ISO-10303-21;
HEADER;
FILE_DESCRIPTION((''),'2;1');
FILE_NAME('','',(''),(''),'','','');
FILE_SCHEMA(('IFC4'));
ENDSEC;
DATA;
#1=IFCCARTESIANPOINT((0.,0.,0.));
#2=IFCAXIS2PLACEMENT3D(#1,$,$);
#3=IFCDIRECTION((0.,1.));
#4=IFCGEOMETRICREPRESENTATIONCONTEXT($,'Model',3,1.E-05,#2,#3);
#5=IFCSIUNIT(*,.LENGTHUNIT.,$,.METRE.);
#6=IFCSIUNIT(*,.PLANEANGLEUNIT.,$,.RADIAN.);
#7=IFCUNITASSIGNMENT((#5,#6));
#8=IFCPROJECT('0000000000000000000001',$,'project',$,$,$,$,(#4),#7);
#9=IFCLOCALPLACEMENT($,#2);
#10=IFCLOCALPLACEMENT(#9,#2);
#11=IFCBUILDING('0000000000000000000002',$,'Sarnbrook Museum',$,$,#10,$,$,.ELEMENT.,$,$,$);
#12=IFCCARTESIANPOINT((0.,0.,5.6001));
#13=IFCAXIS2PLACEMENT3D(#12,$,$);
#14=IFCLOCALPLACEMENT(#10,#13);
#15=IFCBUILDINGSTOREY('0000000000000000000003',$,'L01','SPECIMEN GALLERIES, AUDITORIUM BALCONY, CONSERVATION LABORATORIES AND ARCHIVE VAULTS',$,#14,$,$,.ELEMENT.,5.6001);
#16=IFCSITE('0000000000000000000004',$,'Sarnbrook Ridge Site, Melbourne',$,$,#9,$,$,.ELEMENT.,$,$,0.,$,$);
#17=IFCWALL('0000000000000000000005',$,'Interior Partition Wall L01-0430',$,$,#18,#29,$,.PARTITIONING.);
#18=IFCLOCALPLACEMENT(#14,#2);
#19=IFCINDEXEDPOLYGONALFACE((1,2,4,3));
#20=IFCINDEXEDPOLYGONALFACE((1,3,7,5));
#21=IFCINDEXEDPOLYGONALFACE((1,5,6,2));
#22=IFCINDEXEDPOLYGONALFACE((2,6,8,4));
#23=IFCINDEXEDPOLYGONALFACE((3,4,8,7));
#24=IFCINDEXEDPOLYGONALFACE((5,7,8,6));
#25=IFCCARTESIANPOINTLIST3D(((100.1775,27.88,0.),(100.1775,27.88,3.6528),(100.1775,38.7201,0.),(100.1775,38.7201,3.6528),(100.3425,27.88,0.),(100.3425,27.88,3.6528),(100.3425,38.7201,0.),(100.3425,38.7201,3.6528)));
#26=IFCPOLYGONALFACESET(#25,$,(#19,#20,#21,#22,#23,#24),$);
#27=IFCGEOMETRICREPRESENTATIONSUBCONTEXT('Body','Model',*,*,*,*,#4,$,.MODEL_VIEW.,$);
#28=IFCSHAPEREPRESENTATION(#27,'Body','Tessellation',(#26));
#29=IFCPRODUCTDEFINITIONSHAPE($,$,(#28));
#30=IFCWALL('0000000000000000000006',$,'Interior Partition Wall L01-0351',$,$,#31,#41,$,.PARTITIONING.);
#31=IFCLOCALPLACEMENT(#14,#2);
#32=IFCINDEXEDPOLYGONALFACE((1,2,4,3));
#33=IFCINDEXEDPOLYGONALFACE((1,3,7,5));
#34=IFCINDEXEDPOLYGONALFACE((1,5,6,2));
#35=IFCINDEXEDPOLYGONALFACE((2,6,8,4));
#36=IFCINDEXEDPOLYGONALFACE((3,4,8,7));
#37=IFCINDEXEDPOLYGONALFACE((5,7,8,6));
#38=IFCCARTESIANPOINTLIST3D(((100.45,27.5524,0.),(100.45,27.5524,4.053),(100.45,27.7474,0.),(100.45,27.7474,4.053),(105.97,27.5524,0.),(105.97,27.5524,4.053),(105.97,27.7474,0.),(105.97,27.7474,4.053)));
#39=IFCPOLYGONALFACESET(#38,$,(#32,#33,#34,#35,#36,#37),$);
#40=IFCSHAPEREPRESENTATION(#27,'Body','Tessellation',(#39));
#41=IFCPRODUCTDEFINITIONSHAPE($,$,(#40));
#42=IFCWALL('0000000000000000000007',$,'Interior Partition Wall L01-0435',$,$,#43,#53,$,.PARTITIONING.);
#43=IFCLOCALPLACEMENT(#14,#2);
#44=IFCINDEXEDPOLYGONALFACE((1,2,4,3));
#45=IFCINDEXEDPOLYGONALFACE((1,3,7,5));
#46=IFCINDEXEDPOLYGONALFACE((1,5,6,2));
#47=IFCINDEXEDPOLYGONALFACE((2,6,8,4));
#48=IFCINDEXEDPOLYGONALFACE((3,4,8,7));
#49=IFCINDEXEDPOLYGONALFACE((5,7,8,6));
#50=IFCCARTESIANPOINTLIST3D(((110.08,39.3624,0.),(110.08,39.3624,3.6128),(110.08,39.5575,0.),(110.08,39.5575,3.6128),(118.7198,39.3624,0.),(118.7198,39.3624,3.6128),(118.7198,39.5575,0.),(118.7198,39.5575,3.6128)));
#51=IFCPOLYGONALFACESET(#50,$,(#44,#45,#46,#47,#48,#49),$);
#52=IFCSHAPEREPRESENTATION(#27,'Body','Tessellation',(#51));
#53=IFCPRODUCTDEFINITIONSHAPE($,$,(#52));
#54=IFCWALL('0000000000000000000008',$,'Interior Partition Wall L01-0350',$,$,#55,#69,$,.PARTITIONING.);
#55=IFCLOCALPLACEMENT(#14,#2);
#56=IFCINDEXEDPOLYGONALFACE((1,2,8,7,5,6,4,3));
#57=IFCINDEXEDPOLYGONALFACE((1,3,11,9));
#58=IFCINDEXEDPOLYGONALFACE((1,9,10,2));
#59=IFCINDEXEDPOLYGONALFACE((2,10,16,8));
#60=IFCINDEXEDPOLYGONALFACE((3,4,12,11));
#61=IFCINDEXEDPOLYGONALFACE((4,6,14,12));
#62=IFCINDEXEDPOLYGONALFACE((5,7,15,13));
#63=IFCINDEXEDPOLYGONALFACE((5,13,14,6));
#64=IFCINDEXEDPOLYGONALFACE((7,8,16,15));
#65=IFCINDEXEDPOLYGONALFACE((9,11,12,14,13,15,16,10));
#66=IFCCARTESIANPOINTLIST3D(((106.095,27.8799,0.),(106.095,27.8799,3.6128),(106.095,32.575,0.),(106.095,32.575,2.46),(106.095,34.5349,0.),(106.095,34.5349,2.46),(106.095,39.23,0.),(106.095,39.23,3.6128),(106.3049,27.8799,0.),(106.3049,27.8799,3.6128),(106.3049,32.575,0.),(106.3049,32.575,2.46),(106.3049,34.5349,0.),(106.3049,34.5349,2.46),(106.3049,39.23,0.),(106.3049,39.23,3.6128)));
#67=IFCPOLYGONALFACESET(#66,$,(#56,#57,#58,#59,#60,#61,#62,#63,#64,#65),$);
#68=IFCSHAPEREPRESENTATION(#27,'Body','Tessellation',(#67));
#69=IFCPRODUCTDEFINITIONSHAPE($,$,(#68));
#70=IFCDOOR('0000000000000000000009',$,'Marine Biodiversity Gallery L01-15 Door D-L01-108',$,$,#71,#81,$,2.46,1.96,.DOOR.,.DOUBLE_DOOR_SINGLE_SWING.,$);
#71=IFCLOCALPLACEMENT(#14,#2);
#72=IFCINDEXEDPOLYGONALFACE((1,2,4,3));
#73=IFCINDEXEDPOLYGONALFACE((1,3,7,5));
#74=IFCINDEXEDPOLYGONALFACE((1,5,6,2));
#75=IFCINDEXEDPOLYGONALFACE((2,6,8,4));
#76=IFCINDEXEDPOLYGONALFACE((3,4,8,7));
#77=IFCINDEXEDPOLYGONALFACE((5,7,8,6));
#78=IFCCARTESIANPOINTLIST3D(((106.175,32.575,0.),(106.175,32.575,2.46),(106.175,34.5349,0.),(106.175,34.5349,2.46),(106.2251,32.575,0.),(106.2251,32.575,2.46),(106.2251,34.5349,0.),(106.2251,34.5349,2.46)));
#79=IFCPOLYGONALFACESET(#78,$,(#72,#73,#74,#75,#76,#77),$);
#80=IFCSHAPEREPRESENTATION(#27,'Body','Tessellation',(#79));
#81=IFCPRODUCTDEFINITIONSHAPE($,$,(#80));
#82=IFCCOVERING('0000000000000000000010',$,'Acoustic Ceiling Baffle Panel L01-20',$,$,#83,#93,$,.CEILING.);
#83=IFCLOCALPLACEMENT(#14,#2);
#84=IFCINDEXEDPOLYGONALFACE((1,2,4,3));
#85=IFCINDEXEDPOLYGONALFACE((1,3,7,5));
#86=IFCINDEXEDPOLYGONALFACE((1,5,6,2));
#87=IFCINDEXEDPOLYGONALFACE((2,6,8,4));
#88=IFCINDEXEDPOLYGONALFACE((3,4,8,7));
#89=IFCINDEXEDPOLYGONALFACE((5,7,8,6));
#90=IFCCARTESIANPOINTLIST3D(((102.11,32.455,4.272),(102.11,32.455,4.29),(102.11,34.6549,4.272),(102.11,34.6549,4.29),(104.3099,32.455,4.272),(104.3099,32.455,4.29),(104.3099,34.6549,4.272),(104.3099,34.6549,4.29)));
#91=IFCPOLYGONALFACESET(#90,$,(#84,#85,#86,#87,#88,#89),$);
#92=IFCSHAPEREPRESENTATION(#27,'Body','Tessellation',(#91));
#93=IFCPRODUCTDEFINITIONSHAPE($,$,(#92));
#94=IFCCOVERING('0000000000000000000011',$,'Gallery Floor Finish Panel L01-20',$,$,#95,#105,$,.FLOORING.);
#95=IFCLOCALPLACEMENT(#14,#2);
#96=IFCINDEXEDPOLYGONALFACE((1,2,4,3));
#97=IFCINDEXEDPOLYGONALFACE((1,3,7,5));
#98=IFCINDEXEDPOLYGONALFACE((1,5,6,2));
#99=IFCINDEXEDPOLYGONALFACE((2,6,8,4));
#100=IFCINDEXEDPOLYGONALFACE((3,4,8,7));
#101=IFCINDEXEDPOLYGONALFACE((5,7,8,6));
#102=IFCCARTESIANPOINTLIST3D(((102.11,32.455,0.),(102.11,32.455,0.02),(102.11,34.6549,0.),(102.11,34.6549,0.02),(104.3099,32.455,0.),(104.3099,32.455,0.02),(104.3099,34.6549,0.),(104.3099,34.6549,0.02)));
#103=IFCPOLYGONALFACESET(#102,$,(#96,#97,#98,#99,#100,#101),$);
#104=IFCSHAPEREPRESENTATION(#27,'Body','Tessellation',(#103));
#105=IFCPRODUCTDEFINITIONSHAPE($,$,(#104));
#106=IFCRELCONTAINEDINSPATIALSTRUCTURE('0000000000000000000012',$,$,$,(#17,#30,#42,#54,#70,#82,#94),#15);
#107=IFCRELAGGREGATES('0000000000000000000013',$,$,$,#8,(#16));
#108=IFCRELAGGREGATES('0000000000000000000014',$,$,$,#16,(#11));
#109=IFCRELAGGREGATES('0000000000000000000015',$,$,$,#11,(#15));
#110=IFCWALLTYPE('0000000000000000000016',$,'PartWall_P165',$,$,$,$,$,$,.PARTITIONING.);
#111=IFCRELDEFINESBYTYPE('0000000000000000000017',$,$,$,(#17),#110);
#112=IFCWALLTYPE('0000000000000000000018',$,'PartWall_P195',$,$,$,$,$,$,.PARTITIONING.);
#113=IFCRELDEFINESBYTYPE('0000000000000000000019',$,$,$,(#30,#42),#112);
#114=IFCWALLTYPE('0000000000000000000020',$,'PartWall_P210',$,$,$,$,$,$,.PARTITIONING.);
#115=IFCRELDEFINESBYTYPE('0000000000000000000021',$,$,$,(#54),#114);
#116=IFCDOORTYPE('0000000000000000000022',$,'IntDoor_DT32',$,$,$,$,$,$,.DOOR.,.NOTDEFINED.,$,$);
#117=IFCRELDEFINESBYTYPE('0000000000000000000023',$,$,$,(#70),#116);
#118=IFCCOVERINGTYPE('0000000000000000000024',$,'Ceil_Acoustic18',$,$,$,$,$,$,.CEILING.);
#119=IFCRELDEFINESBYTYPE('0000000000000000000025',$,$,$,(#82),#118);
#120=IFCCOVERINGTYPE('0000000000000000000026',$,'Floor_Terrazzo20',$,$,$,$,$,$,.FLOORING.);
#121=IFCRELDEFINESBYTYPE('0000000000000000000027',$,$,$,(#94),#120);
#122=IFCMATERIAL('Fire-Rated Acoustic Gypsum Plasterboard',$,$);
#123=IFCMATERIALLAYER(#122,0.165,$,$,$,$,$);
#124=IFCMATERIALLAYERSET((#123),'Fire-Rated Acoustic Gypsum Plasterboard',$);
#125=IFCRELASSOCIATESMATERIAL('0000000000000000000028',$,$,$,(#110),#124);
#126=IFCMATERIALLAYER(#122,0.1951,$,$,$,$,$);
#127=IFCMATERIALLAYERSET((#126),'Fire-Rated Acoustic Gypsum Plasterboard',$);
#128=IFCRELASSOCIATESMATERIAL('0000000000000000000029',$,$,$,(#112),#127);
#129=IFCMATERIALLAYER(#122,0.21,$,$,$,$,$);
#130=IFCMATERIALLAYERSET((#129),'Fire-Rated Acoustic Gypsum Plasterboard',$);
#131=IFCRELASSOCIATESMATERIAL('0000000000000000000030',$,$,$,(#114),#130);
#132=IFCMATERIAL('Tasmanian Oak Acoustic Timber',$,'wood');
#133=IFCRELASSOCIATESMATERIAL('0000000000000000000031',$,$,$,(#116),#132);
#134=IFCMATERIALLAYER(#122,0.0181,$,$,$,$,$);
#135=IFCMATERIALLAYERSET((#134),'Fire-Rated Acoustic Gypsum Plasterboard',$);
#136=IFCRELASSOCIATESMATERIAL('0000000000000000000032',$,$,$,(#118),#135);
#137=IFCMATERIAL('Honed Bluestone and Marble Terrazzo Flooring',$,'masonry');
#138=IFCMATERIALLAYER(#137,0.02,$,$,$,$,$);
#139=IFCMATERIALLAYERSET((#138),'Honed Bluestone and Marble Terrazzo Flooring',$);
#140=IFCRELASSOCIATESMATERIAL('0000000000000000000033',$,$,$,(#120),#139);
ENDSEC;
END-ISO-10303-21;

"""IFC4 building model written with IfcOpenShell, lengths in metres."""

from ifc_helpers import new_model, si_unit, direction, frame, frame_2d, origin, origin_2d, place, context, subcontext, project, spatial, rectangle, extrude, material, layer, layer_set, type_object, element, fill, save


model = new_model("IFC4")

# Units and contexts
model_context = context("Model", 3, precision=1e-05, world=origin(), true_north=direction((0.0, 1.0)))
body_context = subcontext(model_context, "Body", "Model", "MODEL_VIEW")
ifc_project = project(units=[si_unit("LENGTHUNIT", "METRE"), si_unit("PLANEANGLEUNIT", "RADIAN")], contexts=[model_context])

# Site, building, storey
site_placement = place(None, origin())
site = spatial("IfcSite", under=ifc_project, at=site_placement, Name="Sarnbrook Ridge Site, Melbourne", CompositionType="ELEMENT", RefElevation=0.0)
building_placement = place(site_placement, origin())
building = spatial("IfcBuilding", under=site, at=building_placement, Name="Sarnbrook Museum", CompositionType="ELEMENT")
storey_placement = place(building_placement, frame((0.0, 0.0, 5.6001)))
storey = spatial("IfcBuildingStorey", under=building, at=storey_placement, Name="L01", Description="SPECIMEN GALLERIES, AUDITORIUM BALCONY, CONSERVATION LABORATORIES AND ARCHIVE VAULTS", CompositionType="ELEMENT", Elevation=5.6001)

# Shared definitions
ifc_material_1 = material(Name="Fire-Rated Acoustic Gypsum Plasterboard")

# Shared definitions
ifc_material_2 = material(Name="Tasmanian Oak Acoustic Timber", Category="wood")

# Walls
ifc_layer_1 = layer(ifc_material_1, 0.165)
ifc_layer_set_1 = layer_set([ifc_layer_1], Name="Fire-Rated Acoustic Gypsum Plasterboard")
wall_type_1 = type_object("IfcWallType", Name="PartWall_P165", PredefinedType="PARTITIONING", material=ifc_layer_set_1)
wall_1_placement = place(storey_placement, frame((100.26, 38.72, 0.0), z_axis=(0.0, 0.0, 1.0), x_axis=(0.0, -1.0, 0.0)))
element("IfcWall", 1, at=wall_1_placement, inside=storey, type_object=wall_type_1, Name="Interior Partition Wall L01-0430", PredefinedType="PARTITIONING", context=body_context, shape_type="SweptSolid", body=[
    extrude(rectangle(XDim=10.8401, YDim=0.165, at=frame_2d((5.4199, 0.0))), origin(), (0.0, 0.0, 1.0), 3.6528),
])
ifc_layer_2 = layer(ifc_material_1, 0.1951)
ifc_layer_set_2 = layer_set([ifc_layer_2], Name="Fire-Rated Acoustic Gypsum Plasterboard")
wall_type_2 = type_object("IfcWallType", Name="PartWall_P195", PredefinedType="PARTITIONING", material=ifc_layer_set_2)
wall_2_placement = place(storey_placement, frame((105.97, 27.6499, 0.0), z_axis=(0.0, 0.0, 1.0), x_axis=(-1.0, 0.0, 0.0)))
element("IfcWall", 2, at=wall_2_placement, inside=storey, type_object=wall_type_2, Name="Interior Partition Wall L01-0351", PredefinedType="PARTITIONING", context=body_context, shape_type="SweptSolid", body=[
    extrude(rectangle(XDim=5.52, YDim=0.1951, at=frame_2d((2.76, 0.0))), origin(), (0.0, 0.0, 1.0), 4.053),
])
wall_3_placement = place(storey_placement, frame((110.0801, 39.46, 0.0), z_axis=(0.0, 0.0, 1.0), x_axis=(1.0, 0.0, 0.0)))
element("IfcWall", 3, at=wall_3_placement, inside=storey, type_object=wall_type_2, Name="Interior Partition Wall L01-0435", PredefinedType="PARTITIONING", context=body_context, shape_type="SweptSolid", body=[
    extrude(rectangle(XDim=8.6399, YDim=0.1951, at=frame_2d((4.3198, 0.0))), origin(), (0.0, 0.0, 1.0), 3.6128),
])

# Wall, opening, door
ifc_layer_3 = layer(ifc_material_1, 0.21)
ifc_layer_set_3 = layer_set([ifc_layer_3], Name="Fire-Rated Acoustic Gypsum Plasterboard")
wall_type_3 = type_object("IfcWallType", Name="PartWall_P210", PredefinedType="PARTITIONING", material=ifc_layer_set_3)
wall_4_placement = place(storey_placement, frame((106.2, 39.23, 0.0), z_axis=(0.0, 0.0, 1.0), x_axis=(0.0, -1.0, 0.0)))
wall_4 = element("IfcWall", 4, at=wall_4_placement, inside=storey, type_object=wall_type_3, Name="Interior Partition Wall L01-0350", PredefinedType="PARTITIONING", context=body_context, shape_type="SweptSolid", body=[
    extrude(rectangle(XDim=11.3501, YDim=0.21, at=frame_2d((5.675, 0.0))), origin(), (0.0, 0.0, 1.0), 3.6128),
])
opening_1_placement = place(wall_4_placement, frame((4.6951, 0.0, 0.0)))
opening_1 = element("IfcOpeningElement", 5, at=opening_1_placement, cuts=wall_4, PredefinedType="OPENING", context=body_context, shape_type="SweptSolid", body=[
    extrude(rectangle(XDim=1.96, YDim=2.46, at=frame_2d((0.98, 1.23))), frame((0.0, 0.115, 0.0), z_axis=(0.0, -1.0, 0.0), x_axis=(1.0, 0.0, 0.0)), (0.0, 0.0, 1.0), 0.23),
])
door_type_1 = type_object("IfcDoorType", Name="IntDoor_DT32", OperationType="NOTDEFINED", PredefinedType="DOOR", material=ifc_material_2)
door_1_placement = place(opening_1_placement, frame((1.96, 0.0, 0.0), z_axis=(0.0, 0.0, 1.0), x_axis=(-1.0, 0.0, 0.0)))
door_1 = element("IfcDoor", 6, at=door_1_placement, inside=storey, type_object=door_type_1, Name="Marine Biodiversity Gallery L01-15 Door D-L01-108", OperationType="DOUBLE_DOOR_SINGLE_SWING", OverallHeight=2.46, OverallWidth=1.96, PredefinedType="DOOR", context=body_context, shape_type="SweptSolid", body=[
    extrude(rectangle(XDim=1.96, YDim=2.46, at=frame_2d((0.98, 1.23))), frame((0.0, 0.0249, 0.0), z_axis=(0.0, -1.0, 0.0), x_axis=(1.0, 0.0, 0.0)), (0.0, 0.0, 1.0), 0.05),
])
fill(opening_1, door_1)

# Coverings
ifc_layer_4 = layer(ifc_material_1, 0.0181)
ifc_layer_set_4 = layer_set([ifc_layer_4], Name="Fire-Rated Acoustic Gypsum Plasterboard")
covering_type_1 = type_object("IfcCoveringType", Name="Ceil_Acoustic18", PredefinedType="CEILING", material=ifc_layer_set_4)
covering_1_placement = place(storey_placement, frame((103.21, 33.5549, 4.272), z_axis=(0.0, 0.0, 1.0), x_axis=(1.0, 0.0, 0.0)))
element("IfcCovering", 7, at=covering_1_placement, inside=storey, type_object=covering_type_1, Name="Acoustic Ceiling Baffle Panel L01-20", PredefinedType="CEILING", context=body_context, shape_type="SweptSolid", body=[
    extrude(rectangle(XDim=2.2, YDim=2.2, at=origin_2d()), origin(), (0.0, 0.0, 1.0), 0.0181),
])
ifc_material_3 = material(Name="Honed Bluestone and Marble Terrazzo Flooring", Category="masonry")
ifc_layer_5 = layer(ifc_material_3, 0.02)
ifc_layer_set_5 = layer_set([ifc_layer_5], Name="Honed Bluestone and Marble Terrazzo Flooring")
covering_type_2 = type_object("IfcCoveringType", Name="Floor_Terrazzo20", PredefinedType="FLOORING", material=ifc_layer_set_5)
covering_2_placement = place(storey_placement, frame((103.21, 33.5549, 0.0), z_axis=(0.0, 0.0, 1.0), x_axis=(1.0, 0.0, 0.0)))
element("IfcCovering", 8, at=covering_2_placement, inside=storey, type_object=covering_type_2, Name="Gallery Floor Finish Panel L01-20", PredefinedType="FLOORING", context=body_context, shape_type="SweptSolid", body=[
    extrude(rectangle(XDim=2.2, YDim=2.2, at=origin_2d()), origin(), (0.0, 0.0, 1.0), 0.02),
])

save(model, "model.ifc")
